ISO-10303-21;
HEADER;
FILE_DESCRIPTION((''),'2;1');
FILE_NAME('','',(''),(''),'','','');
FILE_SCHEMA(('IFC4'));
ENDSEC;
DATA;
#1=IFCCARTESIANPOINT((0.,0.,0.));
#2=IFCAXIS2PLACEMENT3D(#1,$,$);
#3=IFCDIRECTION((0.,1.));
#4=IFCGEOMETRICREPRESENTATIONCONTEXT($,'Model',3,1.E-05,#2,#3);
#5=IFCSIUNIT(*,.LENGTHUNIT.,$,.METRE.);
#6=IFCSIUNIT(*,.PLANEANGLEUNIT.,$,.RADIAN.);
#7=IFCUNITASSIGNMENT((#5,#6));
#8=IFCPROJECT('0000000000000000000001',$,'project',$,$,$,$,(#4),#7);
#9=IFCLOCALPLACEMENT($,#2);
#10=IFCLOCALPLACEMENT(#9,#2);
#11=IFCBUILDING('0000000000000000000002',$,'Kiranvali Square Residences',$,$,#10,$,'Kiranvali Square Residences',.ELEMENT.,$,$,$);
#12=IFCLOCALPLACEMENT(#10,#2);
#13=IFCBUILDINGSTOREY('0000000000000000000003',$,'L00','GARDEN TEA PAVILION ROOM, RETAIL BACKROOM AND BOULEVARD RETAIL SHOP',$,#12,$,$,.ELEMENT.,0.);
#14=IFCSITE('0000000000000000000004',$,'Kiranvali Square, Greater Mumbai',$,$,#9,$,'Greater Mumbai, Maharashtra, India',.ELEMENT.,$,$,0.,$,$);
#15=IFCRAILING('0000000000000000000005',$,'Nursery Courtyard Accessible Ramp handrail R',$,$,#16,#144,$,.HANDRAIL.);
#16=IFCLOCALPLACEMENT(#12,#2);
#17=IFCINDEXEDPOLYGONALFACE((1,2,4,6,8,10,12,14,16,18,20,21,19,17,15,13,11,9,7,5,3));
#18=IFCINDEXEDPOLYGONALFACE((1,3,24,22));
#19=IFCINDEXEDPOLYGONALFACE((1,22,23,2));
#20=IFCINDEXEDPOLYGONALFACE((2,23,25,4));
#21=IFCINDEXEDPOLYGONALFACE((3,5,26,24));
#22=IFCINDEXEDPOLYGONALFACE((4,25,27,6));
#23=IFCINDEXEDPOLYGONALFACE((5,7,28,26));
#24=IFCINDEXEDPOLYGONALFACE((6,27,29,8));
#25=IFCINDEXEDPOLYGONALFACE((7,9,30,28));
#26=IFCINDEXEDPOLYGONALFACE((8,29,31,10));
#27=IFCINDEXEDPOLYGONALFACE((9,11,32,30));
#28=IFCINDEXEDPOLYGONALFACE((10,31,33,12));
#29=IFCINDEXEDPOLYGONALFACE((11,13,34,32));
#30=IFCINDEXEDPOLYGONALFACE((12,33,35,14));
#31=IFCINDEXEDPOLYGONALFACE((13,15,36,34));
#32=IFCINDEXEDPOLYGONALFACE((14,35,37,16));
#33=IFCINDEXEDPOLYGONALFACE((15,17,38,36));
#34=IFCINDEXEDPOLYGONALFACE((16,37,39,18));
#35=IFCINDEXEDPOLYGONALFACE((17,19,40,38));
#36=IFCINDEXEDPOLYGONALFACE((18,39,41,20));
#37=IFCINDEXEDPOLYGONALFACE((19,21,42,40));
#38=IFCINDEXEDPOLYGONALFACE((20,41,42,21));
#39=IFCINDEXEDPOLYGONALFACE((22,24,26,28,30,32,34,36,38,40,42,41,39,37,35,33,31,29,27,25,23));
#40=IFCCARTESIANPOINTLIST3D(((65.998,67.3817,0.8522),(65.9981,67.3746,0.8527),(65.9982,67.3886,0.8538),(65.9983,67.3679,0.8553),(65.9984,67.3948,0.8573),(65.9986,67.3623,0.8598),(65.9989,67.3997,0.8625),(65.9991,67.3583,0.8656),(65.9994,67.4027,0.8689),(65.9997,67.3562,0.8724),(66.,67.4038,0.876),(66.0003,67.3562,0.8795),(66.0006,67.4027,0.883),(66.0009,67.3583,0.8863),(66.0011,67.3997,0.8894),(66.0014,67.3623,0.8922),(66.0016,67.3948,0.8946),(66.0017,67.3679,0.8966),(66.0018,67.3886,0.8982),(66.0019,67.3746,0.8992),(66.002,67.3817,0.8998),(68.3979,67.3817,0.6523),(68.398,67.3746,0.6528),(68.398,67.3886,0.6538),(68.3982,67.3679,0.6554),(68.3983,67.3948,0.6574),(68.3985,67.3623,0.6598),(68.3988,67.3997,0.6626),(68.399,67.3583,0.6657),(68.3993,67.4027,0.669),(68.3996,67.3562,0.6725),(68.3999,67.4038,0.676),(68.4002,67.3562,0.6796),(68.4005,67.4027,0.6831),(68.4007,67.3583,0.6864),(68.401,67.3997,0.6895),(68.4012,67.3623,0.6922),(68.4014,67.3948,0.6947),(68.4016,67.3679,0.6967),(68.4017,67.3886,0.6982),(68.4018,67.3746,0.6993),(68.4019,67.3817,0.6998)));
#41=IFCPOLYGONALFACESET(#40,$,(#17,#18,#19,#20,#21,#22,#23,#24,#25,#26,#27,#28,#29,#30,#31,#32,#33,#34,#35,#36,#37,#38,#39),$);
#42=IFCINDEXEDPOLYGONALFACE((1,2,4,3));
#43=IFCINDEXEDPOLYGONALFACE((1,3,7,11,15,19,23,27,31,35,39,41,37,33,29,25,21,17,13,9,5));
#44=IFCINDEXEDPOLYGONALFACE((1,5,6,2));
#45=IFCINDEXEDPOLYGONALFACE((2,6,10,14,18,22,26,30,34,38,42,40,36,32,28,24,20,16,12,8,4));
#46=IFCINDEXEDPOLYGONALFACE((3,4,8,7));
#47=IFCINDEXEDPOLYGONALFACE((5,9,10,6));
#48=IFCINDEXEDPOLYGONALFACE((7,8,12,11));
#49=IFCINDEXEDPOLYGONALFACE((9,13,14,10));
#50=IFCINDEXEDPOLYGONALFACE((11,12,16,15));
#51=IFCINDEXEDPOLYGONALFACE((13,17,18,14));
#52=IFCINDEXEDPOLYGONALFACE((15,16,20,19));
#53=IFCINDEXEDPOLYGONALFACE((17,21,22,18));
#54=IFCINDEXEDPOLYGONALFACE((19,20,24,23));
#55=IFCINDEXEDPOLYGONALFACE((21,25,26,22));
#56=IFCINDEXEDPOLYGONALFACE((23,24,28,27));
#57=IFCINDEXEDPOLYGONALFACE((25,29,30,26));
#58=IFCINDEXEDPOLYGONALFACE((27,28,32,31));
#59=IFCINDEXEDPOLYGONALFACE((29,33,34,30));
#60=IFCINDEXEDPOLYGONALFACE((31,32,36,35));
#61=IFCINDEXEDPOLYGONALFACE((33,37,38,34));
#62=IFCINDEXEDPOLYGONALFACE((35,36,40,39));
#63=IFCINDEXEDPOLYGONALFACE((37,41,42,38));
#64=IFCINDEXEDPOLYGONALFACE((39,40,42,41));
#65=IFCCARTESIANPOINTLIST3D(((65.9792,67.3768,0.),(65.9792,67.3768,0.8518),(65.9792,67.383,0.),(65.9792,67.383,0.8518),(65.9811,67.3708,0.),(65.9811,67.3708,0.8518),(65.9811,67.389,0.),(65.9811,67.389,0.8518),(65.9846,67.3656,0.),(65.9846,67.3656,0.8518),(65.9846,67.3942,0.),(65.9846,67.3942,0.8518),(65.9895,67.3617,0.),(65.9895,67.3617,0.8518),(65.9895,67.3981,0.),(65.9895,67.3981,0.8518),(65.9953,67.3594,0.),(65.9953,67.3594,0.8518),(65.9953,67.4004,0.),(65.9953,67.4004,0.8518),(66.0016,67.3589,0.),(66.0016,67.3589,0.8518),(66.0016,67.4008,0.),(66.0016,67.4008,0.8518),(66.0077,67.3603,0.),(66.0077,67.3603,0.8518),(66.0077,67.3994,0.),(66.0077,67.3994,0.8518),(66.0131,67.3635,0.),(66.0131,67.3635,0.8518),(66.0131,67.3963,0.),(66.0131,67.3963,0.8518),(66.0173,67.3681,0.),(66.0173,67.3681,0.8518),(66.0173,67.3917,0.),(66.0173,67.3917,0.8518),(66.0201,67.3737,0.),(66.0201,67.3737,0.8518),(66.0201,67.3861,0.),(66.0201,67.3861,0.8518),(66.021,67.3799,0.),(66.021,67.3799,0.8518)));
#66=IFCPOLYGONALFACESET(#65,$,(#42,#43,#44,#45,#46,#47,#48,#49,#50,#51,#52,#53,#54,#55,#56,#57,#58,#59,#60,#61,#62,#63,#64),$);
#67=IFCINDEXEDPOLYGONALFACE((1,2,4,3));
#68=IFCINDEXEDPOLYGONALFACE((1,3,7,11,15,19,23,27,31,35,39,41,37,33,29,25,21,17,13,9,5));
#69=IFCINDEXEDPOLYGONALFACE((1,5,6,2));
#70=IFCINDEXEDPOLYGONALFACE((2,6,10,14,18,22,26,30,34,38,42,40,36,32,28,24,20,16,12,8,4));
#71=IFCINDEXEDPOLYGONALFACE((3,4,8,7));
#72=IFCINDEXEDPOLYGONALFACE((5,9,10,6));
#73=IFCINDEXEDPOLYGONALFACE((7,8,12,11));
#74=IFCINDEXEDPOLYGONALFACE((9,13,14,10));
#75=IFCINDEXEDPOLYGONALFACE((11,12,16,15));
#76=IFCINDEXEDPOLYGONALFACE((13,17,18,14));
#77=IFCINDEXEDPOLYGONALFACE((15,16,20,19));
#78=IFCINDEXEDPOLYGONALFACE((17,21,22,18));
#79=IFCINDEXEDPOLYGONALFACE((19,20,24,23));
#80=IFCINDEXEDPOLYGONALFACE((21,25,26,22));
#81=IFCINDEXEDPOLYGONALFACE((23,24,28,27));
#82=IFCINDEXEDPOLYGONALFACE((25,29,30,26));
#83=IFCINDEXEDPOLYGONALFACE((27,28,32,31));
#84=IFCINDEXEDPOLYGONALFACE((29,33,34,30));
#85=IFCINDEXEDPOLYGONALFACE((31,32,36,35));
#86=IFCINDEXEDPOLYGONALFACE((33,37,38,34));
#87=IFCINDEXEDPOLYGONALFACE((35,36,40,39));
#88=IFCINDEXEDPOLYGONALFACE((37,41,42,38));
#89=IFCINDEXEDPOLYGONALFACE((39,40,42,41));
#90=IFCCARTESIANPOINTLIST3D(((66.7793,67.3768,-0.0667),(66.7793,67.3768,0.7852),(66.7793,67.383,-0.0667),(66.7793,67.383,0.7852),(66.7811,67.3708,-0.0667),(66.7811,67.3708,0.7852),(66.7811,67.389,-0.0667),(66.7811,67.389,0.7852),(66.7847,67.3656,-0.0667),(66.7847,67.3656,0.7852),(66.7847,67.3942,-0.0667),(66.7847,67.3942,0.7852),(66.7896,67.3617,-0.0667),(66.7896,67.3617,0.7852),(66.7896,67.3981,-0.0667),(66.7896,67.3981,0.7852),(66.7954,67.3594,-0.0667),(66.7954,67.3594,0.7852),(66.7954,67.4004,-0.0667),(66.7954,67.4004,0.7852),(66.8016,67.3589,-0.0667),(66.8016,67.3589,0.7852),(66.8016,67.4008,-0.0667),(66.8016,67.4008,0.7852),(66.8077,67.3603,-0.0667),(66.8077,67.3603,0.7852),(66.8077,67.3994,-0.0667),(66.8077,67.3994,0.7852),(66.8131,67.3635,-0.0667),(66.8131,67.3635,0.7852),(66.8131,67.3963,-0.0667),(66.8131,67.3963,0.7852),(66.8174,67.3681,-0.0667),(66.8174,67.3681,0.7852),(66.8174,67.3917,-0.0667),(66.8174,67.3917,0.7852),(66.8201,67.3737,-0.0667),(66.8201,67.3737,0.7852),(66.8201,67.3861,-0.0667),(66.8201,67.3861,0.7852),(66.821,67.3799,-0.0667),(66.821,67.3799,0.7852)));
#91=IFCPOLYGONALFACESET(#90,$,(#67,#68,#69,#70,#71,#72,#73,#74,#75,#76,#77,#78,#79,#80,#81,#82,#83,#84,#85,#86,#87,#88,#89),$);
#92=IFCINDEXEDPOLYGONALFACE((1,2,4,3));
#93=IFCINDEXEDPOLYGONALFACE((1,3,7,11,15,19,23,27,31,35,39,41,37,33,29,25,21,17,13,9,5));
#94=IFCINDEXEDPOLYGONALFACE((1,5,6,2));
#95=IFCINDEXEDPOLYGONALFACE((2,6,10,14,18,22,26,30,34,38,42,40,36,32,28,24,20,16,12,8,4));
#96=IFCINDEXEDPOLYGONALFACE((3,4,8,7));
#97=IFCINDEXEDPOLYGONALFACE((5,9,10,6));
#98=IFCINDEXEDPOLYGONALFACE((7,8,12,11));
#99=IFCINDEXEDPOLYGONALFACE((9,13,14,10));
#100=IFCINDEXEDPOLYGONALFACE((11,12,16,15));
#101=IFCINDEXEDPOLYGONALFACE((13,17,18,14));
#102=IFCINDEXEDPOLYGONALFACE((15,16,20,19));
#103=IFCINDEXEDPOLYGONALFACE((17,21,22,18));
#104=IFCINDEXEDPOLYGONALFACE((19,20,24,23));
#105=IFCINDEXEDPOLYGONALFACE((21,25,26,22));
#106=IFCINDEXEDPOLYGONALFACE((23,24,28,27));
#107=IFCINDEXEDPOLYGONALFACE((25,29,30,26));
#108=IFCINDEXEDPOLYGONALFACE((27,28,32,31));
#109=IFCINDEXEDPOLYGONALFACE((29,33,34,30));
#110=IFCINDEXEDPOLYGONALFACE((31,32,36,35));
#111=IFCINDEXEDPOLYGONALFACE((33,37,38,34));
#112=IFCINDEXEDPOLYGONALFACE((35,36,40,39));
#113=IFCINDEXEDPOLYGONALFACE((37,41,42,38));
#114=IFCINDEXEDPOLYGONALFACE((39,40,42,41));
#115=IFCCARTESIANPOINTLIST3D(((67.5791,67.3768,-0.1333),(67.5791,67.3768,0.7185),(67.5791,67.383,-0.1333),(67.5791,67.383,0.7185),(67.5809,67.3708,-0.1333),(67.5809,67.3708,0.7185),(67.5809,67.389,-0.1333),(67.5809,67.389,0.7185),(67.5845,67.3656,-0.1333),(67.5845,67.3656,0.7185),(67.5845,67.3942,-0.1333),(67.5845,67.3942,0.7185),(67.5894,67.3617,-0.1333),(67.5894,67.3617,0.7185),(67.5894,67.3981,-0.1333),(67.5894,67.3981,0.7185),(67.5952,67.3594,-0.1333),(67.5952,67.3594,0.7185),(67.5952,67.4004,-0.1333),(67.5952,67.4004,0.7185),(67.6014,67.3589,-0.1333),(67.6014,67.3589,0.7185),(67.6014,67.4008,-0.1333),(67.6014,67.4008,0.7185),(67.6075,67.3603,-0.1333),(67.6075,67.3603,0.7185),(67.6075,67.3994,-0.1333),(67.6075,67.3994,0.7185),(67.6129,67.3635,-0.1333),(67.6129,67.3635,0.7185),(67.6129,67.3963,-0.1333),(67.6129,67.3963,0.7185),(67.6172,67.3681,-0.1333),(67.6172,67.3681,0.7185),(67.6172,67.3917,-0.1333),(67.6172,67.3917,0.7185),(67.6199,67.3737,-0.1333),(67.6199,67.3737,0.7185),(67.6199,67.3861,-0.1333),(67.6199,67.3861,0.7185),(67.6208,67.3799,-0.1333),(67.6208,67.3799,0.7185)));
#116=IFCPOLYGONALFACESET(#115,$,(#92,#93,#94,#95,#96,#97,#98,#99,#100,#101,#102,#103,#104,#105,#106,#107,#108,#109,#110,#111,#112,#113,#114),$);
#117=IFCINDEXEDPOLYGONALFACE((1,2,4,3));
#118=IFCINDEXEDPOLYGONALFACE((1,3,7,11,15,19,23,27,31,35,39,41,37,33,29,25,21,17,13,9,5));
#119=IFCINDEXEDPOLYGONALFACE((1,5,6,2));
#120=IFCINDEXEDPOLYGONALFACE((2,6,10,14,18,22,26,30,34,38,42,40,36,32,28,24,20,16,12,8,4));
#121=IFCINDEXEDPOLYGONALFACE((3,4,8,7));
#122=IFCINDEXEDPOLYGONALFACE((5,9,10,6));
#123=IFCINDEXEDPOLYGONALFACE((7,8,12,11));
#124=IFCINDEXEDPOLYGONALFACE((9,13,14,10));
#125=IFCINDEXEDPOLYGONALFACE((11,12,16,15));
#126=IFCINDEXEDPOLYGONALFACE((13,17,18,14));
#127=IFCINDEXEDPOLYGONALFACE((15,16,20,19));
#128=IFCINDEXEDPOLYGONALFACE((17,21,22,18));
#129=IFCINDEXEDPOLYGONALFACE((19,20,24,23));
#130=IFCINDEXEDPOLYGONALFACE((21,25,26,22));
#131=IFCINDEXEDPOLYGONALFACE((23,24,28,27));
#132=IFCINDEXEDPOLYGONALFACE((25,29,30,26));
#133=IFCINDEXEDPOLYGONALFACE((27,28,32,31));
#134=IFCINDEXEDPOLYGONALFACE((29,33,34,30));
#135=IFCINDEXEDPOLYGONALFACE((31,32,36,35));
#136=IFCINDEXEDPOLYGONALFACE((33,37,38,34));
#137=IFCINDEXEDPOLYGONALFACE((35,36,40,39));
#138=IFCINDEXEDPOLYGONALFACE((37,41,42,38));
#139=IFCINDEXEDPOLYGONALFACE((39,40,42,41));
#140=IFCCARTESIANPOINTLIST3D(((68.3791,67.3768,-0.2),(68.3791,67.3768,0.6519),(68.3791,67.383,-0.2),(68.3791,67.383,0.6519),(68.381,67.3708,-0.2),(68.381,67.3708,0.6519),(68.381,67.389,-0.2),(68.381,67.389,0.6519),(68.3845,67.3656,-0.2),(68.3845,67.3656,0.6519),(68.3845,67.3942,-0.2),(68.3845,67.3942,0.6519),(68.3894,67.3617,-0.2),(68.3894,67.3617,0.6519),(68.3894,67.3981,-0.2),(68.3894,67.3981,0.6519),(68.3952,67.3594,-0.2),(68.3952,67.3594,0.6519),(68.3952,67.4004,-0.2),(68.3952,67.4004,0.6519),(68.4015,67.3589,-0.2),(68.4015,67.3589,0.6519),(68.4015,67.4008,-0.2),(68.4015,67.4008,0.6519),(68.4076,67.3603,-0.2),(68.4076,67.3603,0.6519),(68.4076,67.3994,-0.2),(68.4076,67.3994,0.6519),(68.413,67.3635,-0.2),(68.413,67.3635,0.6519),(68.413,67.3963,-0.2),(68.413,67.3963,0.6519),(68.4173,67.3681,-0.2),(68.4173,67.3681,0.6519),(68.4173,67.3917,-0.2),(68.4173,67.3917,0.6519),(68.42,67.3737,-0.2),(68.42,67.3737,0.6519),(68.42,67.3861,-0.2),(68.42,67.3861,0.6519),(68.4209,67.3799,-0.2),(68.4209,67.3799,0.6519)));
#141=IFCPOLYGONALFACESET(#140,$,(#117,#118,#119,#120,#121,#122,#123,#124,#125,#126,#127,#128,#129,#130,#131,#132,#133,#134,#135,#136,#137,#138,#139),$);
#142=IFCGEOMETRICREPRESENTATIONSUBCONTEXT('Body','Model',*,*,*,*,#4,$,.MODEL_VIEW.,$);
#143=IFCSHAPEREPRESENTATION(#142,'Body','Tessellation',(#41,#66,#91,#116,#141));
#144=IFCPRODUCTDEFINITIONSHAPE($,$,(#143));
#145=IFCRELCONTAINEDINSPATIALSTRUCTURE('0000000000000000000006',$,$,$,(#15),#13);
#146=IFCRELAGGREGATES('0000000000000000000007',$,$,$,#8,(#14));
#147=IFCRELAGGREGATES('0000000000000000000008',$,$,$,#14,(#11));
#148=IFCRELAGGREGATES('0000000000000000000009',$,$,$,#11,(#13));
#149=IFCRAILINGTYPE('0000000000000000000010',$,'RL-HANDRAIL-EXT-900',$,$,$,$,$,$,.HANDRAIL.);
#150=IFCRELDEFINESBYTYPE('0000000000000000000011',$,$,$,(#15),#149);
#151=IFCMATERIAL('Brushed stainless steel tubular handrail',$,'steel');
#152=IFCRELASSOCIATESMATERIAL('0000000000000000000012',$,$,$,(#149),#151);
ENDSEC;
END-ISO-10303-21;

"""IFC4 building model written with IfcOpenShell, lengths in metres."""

from ifc_helpers import new_model, si_unit, direction, frame, origin, origin_2d, place, context, subcontext, project, spatial, circle, extrude, material, type_object, element, save


model = new_model("IFC4")

# Units and contexts
model_context = context("Model", 3, precision=1e-05, world=origin(), true_north=direction((0.0, 1.0)))
body_context = subcontext(model_context, "Body", "Model", "MODEL_VIEW")
ifc_project = project(units=[si_unit("LENGTHUNIT", "METRE"), si_unit("PLANEANGLEUNIT", "RADIAN")], contexts=[model_context])

# Site, building, storey
site_placement = place(None, origin())
site = spatial("IfcSite", under=ifc_project, at=site_placement, Name="Kiranvali Square, Greater Mumbai", LongName="Greater Mumbai, Maharashtra, India", CompositionType="ELEMENT", RefElevation=0.0)
building_placement = place(site_placement, origin())
building = spatial("IfcBuilding", under=site, at=building_placement, Name="Kiranvali Square Residences", LongName="Kiranvali Square Residences", CompositionType="ELEMENT")
storey_placement = place(building_placement, origin())
storey = spatial("IfcBuildingStorey", under=building, at=storey_placement, Name="L00", Description="GARDEN TEA PAVILION ROOM, RETAIL BACKROOM AND BOULEVARD RETAIL SHOP", CompositionType="ELEMENT", Elevation=0.0)

# Railing
ifc_material_1 = material(Name="Brushed stainless steel tubular handrail", Category="steel")
railing_type = type_object("IfcRailingType", Name="RL-HANDRAIL-EXT-900", PredefinedType="HANDRAIL", material=ifc_material_1)
for number, where, name in (
    (1, (66.0, 67.3799, 0.0), "Nursery Courtyard Accessible Ramp handrail R"),
):
    element("IfcRailing", number, at=place(storey_placement, frame(where)), inside=storey, type_object=railing_type, Name=name, PredefinedType="HANDRAIL", context=body_context, shape_type="SweptSolid", body=[
        extrude(circle(Radius=0.0239, at=origin_2d()), frame((0.0, 0.0, 0.876), z_axis=(0.996547, 0.0, -0.083029), x_axis=(0.0, 1.0, 0.0)), (0.0, 0.0, 1.0), 2.4082),
        extrude(circle(Radius=0.021, at=origin_2d()), origin(), (0.0, 0.0, 1.0), 0.8518),
        extrude(circle(Radius=0.021, at=origin_2d()), frame((0.8, 0.0, -0.0667)), (0.0, 0.0, 1.0), 0.8518),
        extrude(circle(Radius=0.021, at=origin_2d()), frame((1.5999, 0.0, -0.1333)), (0.0, 0.0, 1.0), 0.8518),
        extrude(circle(Radius=0.021, at=origin_2d()), frame((2.3999, 0.0, -0.2)), (0.0, 0.0, 1.0), 0.8518),
    ])

save(model, "model.ifc")
